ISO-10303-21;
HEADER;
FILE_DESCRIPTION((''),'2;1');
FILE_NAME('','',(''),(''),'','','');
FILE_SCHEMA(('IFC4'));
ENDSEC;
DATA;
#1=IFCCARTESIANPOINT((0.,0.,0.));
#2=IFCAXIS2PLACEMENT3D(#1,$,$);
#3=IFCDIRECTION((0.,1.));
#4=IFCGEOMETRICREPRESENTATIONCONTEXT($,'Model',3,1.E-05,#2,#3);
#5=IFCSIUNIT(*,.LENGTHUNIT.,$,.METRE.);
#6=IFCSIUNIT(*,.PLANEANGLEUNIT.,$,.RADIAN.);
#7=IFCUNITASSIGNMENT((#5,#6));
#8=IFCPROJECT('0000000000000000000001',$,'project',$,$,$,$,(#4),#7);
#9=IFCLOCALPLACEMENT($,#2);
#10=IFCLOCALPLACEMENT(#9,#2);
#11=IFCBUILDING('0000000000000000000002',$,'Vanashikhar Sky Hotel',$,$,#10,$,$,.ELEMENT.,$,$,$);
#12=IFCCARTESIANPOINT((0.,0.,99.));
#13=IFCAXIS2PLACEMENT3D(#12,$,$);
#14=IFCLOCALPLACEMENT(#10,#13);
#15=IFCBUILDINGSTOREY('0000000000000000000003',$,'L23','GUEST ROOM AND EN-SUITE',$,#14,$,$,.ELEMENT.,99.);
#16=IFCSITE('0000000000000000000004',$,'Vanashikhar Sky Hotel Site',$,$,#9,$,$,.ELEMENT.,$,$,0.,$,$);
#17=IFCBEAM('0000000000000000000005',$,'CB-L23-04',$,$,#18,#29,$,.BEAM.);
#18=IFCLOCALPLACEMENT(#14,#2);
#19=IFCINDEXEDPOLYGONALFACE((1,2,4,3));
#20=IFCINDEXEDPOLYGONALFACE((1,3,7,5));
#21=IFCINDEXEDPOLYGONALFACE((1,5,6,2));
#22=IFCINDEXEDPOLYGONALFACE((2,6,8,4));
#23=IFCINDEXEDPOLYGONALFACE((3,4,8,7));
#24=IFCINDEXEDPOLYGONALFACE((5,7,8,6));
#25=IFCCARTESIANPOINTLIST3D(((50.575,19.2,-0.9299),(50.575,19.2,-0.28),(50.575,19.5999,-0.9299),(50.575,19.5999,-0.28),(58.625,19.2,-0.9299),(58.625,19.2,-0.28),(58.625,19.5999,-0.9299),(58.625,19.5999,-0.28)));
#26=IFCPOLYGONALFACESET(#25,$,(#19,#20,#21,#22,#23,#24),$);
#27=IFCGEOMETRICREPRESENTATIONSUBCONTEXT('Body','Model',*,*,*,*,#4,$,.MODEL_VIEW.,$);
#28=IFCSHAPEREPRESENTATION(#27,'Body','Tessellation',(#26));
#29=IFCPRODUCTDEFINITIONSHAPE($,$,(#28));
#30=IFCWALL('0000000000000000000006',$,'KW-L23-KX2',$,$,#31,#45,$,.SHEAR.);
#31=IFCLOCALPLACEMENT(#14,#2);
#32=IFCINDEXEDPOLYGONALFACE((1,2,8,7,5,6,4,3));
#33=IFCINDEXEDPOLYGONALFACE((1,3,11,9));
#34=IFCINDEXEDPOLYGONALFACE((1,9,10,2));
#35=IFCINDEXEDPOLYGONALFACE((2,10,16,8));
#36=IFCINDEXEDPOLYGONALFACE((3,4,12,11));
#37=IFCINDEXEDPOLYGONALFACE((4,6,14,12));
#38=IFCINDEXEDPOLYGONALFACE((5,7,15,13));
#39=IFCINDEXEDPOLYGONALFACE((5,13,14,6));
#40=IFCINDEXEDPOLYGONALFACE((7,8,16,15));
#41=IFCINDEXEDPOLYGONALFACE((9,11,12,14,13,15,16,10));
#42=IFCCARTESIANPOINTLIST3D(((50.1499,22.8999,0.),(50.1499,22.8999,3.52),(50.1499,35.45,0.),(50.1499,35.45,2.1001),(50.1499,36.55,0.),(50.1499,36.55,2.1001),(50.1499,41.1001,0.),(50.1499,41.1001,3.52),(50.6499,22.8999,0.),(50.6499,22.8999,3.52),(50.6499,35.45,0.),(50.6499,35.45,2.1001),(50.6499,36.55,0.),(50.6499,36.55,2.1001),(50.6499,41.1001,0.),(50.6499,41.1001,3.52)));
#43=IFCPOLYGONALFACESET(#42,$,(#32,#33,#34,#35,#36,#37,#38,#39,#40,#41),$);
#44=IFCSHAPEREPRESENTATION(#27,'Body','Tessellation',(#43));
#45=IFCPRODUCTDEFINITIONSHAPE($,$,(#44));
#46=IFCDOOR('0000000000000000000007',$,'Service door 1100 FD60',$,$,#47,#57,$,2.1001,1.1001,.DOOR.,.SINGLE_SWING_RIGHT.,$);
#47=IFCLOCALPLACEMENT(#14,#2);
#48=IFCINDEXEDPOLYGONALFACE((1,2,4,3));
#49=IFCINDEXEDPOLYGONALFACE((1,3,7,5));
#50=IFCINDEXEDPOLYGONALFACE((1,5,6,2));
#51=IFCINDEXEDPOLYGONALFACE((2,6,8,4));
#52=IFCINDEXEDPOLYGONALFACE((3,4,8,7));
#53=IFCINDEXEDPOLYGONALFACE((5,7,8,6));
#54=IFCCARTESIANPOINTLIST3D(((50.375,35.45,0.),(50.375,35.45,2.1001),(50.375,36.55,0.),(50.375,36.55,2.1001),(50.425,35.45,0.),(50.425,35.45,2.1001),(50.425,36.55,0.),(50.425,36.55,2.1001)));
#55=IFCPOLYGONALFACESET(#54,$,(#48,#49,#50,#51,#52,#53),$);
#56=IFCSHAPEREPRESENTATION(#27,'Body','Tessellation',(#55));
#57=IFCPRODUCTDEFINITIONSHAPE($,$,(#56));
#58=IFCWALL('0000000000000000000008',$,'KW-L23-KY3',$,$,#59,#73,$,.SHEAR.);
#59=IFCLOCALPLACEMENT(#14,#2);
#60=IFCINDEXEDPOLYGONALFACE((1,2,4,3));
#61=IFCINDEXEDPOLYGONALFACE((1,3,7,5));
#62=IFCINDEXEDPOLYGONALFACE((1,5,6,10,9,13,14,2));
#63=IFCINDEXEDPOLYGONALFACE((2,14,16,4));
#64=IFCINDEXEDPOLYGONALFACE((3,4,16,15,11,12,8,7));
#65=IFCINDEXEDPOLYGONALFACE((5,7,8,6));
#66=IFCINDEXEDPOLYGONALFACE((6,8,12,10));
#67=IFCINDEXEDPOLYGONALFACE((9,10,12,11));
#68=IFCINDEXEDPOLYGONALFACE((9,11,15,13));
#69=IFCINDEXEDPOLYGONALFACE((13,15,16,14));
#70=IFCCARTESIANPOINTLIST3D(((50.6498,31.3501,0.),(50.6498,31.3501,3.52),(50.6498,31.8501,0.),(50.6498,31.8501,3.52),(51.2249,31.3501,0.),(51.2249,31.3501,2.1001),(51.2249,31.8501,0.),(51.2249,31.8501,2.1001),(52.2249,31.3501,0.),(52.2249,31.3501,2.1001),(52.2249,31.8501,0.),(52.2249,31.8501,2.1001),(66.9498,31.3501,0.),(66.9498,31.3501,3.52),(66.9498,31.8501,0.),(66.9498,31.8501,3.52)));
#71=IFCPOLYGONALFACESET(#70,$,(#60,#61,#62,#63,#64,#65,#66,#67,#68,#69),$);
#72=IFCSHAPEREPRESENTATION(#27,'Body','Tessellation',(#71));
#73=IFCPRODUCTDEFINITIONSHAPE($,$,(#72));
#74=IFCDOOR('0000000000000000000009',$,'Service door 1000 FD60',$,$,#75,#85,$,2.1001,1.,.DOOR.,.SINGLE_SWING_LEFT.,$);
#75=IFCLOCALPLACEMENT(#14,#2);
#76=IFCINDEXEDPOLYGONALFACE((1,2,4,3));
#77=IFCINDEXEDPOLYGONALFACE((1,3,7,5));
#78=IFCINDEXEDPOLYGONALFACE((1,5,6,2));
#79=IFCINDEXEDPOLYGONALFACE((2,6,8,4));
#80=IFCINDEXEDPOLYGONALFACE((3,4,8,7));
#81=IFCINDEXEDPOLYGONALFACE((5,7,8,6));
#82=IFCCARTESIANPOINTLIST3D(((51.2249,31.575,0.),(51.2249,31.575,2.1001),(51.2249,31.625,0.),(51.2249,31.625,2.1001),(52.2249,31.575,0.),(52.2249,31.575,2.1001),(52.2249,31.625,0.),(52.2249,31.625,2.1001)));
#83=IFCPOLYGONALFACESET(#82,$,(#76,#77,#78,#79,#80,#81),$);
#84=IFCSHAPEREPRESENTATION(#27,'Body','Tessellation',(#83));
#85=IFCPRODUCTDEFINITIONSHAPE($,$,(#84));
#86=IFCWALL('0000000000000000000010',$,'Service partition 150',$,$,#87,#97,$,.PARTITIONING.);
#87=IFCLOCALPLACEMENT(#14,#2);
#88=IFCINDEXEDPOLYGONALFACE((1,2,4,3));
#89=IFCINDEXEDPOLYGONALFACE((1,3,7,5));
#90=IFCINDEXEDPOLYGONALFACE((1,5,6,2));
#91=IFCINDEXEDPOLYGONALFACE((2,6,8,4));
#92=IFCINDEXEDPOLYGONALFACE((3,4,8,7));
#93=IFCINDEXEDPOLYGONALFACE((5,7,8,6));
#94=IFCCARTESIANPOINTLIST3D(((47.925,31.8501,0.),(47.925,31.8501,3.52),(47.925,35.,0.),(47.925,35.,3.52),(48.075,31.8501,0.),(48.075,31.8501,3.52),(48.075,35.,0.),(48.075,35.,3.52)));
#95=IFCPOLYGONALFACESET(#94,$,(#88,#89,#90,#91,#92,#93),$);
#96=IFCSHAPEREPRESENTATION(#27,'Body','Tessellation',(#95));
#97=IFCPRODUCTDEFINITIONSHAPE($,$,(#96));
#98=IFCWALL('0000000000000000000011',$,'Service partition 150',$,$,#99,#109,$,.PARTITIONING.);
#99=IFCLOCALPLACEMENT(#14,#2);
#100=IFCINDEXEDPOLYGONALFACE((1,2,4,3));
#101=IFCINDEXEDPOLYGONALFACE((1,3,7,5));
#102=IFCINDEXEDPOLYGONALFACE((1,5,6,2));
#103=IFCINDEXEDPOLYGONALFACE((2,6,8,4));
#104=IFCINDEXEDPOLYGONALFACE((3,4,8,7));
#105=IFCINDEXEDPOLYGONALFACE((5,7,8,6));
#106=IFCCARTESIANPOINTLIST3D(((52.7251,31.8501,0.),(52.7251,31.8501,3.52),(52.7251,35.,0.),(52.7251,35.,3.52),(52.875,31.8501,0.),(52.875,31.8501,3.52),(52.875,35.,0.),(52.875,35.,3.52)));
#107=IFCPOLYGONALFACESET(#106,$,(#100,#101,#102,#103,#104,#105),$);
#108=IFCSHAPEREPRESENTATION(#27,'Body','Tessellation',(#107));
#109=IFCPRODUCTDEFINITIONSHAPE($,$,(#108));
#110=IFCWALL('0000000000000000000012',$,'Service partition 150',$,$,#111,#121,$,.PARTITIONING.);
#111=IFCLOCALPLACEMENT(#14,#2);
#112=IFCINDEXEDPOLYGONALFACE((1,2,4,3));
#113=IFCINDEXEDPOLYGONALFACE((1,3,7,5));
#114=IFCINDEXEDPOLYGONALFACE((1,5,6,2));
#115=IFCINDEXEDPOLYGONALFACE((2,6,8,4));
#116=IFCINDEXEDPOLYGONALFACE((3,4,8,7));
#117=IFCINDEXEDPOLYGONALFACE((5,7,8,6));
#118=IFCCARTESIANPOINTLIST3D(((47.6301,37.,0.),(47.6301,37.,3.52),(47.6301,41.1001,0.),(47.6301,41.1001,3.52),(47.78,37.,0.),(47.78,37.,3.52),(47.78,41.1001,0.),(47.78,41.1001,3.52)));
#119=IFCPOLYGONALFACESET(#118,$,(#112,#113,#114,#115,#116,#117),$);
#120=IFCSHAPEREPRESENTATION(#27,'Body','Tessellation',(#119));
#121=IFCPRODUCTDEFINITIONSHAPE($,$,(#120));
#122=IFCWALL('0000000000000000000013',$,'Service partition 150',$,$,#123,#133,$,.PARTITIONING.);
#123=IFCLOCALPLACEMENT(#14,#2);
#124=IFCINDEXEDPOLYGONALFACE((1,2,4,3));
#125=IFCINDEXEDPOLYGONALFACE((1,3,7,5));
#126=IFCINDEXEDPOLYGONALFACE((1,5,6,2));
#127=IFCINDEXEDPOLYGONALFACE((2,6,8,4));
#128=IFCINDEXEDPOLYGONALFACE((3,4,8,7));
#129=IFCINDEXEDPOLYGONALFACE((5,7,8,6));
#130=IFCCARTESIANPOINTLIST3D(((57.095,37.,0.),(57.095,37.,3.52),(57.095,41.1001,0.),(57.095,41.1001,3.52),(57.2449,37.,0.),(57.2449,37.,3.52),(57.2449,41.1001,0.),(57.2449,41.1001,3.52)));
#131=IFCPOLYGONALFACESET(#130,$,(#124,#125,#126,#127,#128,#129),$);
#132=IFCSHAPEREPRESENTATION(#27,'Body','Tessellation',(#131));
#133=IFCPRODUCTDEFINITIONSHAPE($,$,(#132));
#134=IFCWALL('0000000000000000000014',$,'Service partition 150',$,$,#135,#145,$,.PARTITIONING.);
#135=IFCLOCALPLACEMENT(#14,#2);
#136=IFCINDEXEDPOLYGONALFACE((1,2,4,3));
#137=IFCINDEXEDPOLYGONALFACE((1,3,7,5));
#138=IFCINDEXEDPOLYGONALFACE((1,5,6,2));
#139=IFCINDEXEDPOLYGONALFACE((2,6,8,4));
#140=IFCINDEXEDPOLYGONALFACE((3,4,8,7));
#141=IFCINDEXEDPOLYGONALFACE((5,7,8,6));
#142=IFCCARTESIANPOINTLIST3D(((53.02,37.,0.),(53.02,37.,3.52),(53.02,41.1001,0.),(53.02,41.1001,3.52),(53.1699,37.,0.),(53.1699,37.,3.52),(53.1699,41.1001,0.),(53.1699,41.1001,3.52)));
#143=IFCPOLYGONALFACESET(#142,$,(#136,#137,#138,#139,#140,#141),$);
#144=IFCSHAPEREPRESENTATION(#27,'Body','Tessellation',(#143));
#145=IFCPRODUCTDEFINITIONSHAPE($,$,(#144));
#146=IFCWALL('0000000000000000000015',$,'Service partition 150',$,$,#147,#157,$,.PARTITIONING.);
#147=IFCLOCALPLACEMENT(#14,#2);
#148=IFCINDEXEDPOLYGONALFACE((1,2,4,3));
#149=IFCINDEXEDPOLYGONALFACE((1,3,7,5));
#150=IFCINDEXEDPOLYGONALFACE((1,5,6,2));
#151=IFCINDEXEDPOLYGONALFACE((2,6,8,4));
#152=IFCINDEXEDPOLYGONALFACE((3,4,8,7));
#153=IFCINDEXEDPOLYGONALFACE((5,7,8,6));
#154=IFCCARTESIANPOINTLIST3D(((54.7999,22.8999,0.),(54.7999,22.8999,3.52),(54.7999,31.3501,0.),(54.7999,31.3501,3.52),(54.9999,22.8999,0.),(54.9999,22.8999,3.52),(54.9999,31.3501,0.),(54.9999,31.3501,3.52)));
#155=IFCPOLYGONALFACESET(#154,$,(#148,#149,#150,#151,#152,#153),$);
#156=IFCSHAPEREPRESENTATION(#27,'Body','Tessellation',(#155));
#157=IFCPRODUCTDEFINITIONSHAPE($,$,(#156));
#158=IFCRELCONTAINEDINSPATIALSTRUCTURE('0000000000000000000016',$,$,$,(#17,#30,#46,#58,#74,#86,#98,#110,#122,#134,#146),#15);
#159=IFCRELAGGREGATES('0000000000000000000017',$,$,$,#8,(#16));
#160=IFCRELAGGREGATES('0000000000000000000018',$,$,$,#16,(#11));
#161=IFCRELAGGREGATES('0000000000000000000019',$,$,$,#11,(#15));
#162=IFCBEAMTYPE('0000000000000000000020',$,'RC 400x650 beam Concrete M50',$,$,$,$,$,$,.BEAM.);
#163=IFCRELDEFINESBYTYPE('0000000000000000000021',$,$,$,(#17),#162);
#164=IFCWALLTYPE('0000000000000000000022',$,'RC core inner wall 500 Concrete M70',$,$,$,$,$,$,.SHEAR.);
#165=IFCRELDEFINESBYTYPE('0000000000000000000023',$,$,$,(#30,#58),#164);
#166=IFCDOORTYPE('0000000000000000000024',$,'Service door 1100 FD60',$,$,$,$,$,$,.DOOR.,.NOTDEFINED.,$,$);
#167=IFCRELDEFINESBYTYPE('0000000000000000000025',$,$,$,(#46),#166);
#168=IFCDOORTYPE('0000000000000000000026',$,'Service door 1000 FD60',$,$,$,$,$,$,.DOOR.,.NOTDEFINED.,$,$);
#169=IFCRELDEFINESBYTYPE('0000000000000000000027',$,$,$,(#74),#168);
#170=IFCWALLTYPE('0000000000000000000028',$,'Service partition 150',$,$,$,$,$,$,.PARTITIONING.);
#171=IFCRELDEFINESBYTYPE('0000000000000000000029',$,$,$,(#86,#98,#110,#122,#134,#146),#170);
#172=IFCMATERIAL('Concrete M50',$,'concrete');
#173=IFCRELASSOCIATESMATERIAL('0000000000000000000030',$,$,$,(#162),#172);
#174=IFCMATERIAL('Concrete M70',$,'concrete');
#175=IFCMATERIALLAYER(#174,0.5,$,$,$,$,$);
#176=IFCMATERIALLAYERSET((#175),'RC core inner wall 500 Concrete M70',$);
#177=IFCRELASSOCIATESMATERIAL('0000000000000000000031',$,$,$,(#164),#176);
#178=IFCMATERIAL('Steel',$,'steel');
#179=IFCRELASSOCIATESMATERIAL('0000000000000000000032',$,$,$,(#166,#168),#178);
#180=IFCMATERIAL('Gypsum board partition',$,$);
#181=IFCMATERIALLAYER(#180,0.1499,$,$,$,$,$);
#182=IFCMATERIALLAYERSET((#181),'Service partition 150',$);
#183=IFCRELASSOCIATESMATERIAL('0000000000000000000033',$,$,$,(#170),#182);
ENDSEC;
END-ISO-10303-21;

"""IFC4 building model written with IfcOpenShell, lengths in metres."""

from ifc_helpers import new_model, si_unit, direction, frame, frame_2d, origin, origin_2d, place, context, subcontext, project, spatial, rectangle, extrude, source, transform, mapped, material, layer, layer_set, material_profile, profile_set, type_object, element, fill, save


model = new_model("IFC4")

# Units and contexts
model_context = context("Model", 3, precision=1e-05, world=origin(), true_north=direction((0.0, 1.0)))
body_context = subcontext(model_context, "Body", "Model", "MODEL_VIEW")
ifc_project = project(units=[si_unit("LENGTHUNIT", "METRE"), si_unit("PLANEANGLEUNIT", "RADIAN")], contexts=[model_context])

# Site, building, storey
site_placement = place(None, origin())
site = spatial("IfcSite", under=ifc_project, at=site_placement, Name="Vanashikhar Sky Hotel Site", CompositionType="ELEMENT", RefElevation=0.0)
building_placement = place(site_placement, origin())
building = spatial("IfcBuilding", under=site, at=building_placement, Name="Vanashikhar Sky Hotel", CompositionType="ELEMENT")
storey_placement = place(building_placement, frame((0.0, 0.0, 99.0)))
storey = spatial("IfcBuildingStorey", under=building, at=storey_placement, Name="L23", Description="GUEST ROOM AND EN-SUITE", CompositionType="ELEMENT", Elevation=99.0)

# Beam
ifc_material_1 = material(Name="Concrete M50", Category="concrete")
ifc_material_profile = material_profile(ifc_material_1, rectangle(XDim=0.3999, YDim=0.6499, at=origin_2d()))
ifc_profile_set = profile_set([ifc_material_profile], Name="RC 400x650 beam Concrete M50")
beam_type = type_object("IfcBeamType", Name="RC 400x650 beam Concrete M50", PredefinedType="BEAM", material=ifc_profile_set)
shared_shape_1 = source(origin(), body_context, "Body", "SweptSolid", [
    extrude(rectangle(XDim=0.3999, YDim=0.6499, at=origin_2d()), origin(), (0.0, 0.0, 1.0), 8.05),
])
beam_placement = place(storey_placement, frame((50.575, 19.3999, -0.605), z_axis=(1.0, 0.0, 0.0), x_axis=(0.0, 1.0, 0.0)))
element("IfcBeam", 1, at=beam_placement, inside=storey, type_object=beam_type, Name="CB-L23-04", PredefinedType="BEAM", context=body_context, shape_type="MappedRepresentation", body=[
    mapped(shared_shape_1, transform((0.0, 0.0, 0.0), scale=1.0)),
])

# Walls, openings, doors
ifc_material_2 = material(Name="Concrete M70", Category="concrete")
ifc_layer_1 = layer(ifc_material_2, 0.5)
ifc_layer_set_1 = layer_set([ifc_layer_1], Name="RC core inner wall 500 Concrete M70")
wall_type_1 = type_object("IfcWallType", Name="RC core inner wall 500 Concrete M70", PredefinedType="SHEAR", material=ifc_layer_set_1)
shared_shape_2 = source(origin(), body_context, "Body", "SweptSolid", [
    extrude(rectangle(XDim=18.2002, YDim=0.5, at=frame_2d((9.1001, 0.0))), origin(), (0.0, 0.0, 1.0), 3.52),
])
wall_1_placement = place(storey_placement, frame((50.3999, 22.8999, 0.0), z_axis=(0.0, 0.0, 1.0), x_axis=(0.0, 1.0, 0.0)))
wall_1 = element("IfcWall", 2, at=wall_1_placement, inside=storey, type_object=wall_type_1, Name="KW-L23-KX2", PredefinedType="SHEAR", context=body_context, shape_type="MappedRepresentation", body=[
    mapped(shared_shape_2, transform((0.0, 0.0, 0.0), scale=1.0)),
])
shared_shape_3 = source(origin(), body_context, "Body", "SweptSolid", [
    extrude(rectangle(XDim=1.1001, YDim=2.1001, at=frame_2d((0.55, 1.05))), frame((0.0, 0.26, 0.0), z_axis=(0.0, -1.0, 0.0), x_axis=(1.0, 0.0, 0.0)), (0.0, 0.0, 1.0), 0.52),
])
opening_1_placement = place(wall_1_placement, frame((12.55, 0.0, 0.0)))
opening_1 = element("IfcOpeningElement", 3, at=opening_1_placement, cuts=wall_1, PredefinedType="OPENING", context=body_context, shape_type="MappedRepresentation", body=[
    mapped(shared_shape_3, transform((0.0, 0.0, 0.0), scale=1.0)),
])
ifc_material_3 = material(Name="Steel", Category="steel")
door_type_1 = type_object("IfcDoorType", Name="Service door 1100 FD60", OperationType="NOTDEFINED", PredefinedType="DOOR", material=ifc_material_3)
shared_shape_4 = source(origin(), body_context, "Body", "SweptSolid", [
    extrude(rectangle(XDim=1.1001, YDim=2.1001, at=frame_2d((0.55, 1.05))), frame((0.0, 0.0249, 0.0), z_axis=(0.0, -1.0, 0.0), x_axis=(1.0, 0.0, 0.0)), (0.0, 0.0, 1.0), 0.05),
])
door_1_placement = place(opening_1_placement, origin())
door_1 = element("IfcDoor", 4, at=door_1_placement, inside=storey, type_object=door_type_1, Name="Service door 1100 FD60", OperationType="SINGLE_SWING_RIGHT", OverallHeight=2.1001, OverallWidth=1.1001, PredefinedType="DOOR", context=body_context, shape_type="MappedRepresentation", body=[
    mapped(shared_shape_4, transform((0.0, 0.0, 0.0), scale=1.0)),
])
fill(opening_1, door_1)
shared_shape_5 = source(origin(), body_context, "Body", "SweptSolid", [
    extrude(rectangle(XDim=16.3, YDim=0.5, at=frame_2d((8.1499, 0.0))), origin(), (0.0, 0.0, 1.0), 3.52),
])
wall_2_placement = place(storey_placement, frame((50.6499, 31.6001, 0.0), z_axis=(0.0, 0.0, 1.0), x_axis=(1.0, 0.0, 0.0)))
wall_2 = element("IfcWall", 5, at=wall_2_placement, inside=storey, type_object=wall_type_1, Name="KW-L23-KY3", PredefinedType="SHEAR", context=body_context, shape_type="MappedRepresentation", body=[
    mapped(shared_shape_5, transform((0.0, 0.0, 0.0), scale=1.0)),
])
shared_shape_6 = source(origin(), body_context, "Body", "SweptSolid", [
    extrude(rectangle(XDim=1.0, YDim=2.1001, at=frame_2d((0.5, 1.05))), frame((0.0, 0.26, 0.0), z_axis=(0.0, -1.0, 0.0), x_axis=(1.0, 0.0, 0.0)), (0.0, 0.0, 1.0), 0.52),
])
opening_2_placement = place(wall_2_placement, frame((0.575, 0.0, 0.0)))
opening_2 = element("IfcOpeningElement", 6, at=opening_2_placement, cuts=wall_2, PredefinedType="OPENING", context=body_context, shape_type="MappedRepresentation", body=[
    mapped(shared_shape_6, transform((0.0, 0.0, 0.0), scale=1.0)),
])
door_type_2 = type_object("IfcDoorType", Name="Service door 1000 FD60", OperationType="NOTDEFINED", PredefinedType="DOOR", material=ifc_material_3)
shared_shape_7 = source(origin(), body_context, "Body", "SweptSolid", [
    extrude(rectangle(XDim=1.0, YDim=2.1001, at=frame_2d((0.5, 1.05))), frame((0.0, 0.0249, 0.0), z_axis=(0.0, -1.0, 0.0), x_axis=(1.0, 0.0, 0.0)), (0.0, 0.0, 1.0), 0.05),
])
door_2_placement = place(opening_2_placement, origin())
door_2 = element("IfcDoor", 7, at=door_2_placement, inside=storey, type_object=door_type_2, Name="Service door 1000 FD60", OperationType="SINGLE_SWING_LEFT", OverallHeight=2.1001, OverallWidth=1.0, PredefinedType="DOOR", context=body_context, shape_type="MappedRepresentation", body=[
    mapped(shared_shape_7, transform((0.0, 0.0, 0.0), scale=1.0)),
])
fill(opening_2, door_2)

# Walls
ifc_material_4 = material(Name="Gypsum board partition")
ifc_layer_2 = layer(ifc_material_4, 0.1499)
ifc_layer_set_2 = layer_set([ifc_layer_2], Name="Service partition 150")
wall_type_2 = type_object("IfcWallType", Name="Service partition 150", PredefinedType="PARTITIONING", material=ifc_layer_set_2)
shared_shape_8 = source(origin(), body_context, "Body", "SweptSolid", [
    extrude(rectangle(XDim=3.1499, YDim=0.1499, at=frame_2d((1.575, 0.0))), origin(), (0.0, 0.0, 1.0), 3.52),
])
for number, where, z_axis, x_axis, name in (
    (8, (48.0, 31.8501, 0.0), (0.0, 0.0, 1.0), (0.0, 1.0, 0.0), "Service partition 150"),
    (9, (52.8, 31.8501, 0.0), (0.0, 0.0, 1.0), (0.0, 1.0, 0.0), "Service partition 150"),
):
    element("IfcWall", number, at=place(storey_placement, frame(where, z_axis=z_axis, x_axis=x_axis)), inside=storey, type_object=wall_type_2, Name=name, PredefinedType="PARTITIONING", context=body_context, shape_type="MappedRepresentation", body=[
        mapped(shared_shape_8, transform((0.0, 0.0, 0.0), scale=1.0)),
    ])
shared_shape_9 = source(origin(), body_context, "Body", "SweptSolid", [
    extrude(rectangle(XDim=4.1001, YDim=0.1499, at=frame_2d((2.05, 0.0))), origin(), (0.0, 0.0, 1.0), 3.52),
])
for number, where, z_axis, x_axis, name in (
    (10, (47.7051, 37.0, 0.0), (0.0, 0.0, 1.0), (0.0, 1.0, 0.0), "Service partition 150"),
    (11, (57.1699, 37.0, 0.0), (0.0, 0.0, 1.0), (0.0, 1.0, 0.0), "Service partition 150"),
    (12, (53.095, 37.0, 0.0), (0.0, 0.0, 1.0), (0.0, 1.0, 0.0), "Service partition 150"),
):
    element("IfcWall", number, at=place(storey_placement, frame(where, z_axis=z_axis, x_axis=x_axis)), inside=storey, type_object=wall_type_2, Name=name, PredefinedType="PARTITIONING", context=body_context, shape_type="MappedRepresentation", body=[
        mapped(shared_shape_9, transform((0.0, 0.0, 0.0), scale=1.0)),
    ])
shared_shape_10 = source(origin(), body_context, "Body", "SweptSolid", [
    extrude(rectangle(XDim=8.4502, YDim=0.2, at=frame_2d((4.2251, 0.0))), origin(), (0.0, 0.0, 1.0), 3.52),
])
wall_3_placement = place(storey_placement, frame((54.8999, 22.8999, 0.0), z_axis=(0.0, 0.0, 1.0), x_axis=(0.0, 1.0, 0.0)))
element("IfcWall", 13, at=wall_3_placement, inside=storey, type_object=wall_type_2, Name="Service partition 150", PredefinedType="PARTITIONING", context=body_context, shape_type="MappedRepresentation", body=[
    mapped(shared_shape_10, transform((0.0, 0.0, 0.0), scale=1.0)),
])

save(model, "model.ifc")
